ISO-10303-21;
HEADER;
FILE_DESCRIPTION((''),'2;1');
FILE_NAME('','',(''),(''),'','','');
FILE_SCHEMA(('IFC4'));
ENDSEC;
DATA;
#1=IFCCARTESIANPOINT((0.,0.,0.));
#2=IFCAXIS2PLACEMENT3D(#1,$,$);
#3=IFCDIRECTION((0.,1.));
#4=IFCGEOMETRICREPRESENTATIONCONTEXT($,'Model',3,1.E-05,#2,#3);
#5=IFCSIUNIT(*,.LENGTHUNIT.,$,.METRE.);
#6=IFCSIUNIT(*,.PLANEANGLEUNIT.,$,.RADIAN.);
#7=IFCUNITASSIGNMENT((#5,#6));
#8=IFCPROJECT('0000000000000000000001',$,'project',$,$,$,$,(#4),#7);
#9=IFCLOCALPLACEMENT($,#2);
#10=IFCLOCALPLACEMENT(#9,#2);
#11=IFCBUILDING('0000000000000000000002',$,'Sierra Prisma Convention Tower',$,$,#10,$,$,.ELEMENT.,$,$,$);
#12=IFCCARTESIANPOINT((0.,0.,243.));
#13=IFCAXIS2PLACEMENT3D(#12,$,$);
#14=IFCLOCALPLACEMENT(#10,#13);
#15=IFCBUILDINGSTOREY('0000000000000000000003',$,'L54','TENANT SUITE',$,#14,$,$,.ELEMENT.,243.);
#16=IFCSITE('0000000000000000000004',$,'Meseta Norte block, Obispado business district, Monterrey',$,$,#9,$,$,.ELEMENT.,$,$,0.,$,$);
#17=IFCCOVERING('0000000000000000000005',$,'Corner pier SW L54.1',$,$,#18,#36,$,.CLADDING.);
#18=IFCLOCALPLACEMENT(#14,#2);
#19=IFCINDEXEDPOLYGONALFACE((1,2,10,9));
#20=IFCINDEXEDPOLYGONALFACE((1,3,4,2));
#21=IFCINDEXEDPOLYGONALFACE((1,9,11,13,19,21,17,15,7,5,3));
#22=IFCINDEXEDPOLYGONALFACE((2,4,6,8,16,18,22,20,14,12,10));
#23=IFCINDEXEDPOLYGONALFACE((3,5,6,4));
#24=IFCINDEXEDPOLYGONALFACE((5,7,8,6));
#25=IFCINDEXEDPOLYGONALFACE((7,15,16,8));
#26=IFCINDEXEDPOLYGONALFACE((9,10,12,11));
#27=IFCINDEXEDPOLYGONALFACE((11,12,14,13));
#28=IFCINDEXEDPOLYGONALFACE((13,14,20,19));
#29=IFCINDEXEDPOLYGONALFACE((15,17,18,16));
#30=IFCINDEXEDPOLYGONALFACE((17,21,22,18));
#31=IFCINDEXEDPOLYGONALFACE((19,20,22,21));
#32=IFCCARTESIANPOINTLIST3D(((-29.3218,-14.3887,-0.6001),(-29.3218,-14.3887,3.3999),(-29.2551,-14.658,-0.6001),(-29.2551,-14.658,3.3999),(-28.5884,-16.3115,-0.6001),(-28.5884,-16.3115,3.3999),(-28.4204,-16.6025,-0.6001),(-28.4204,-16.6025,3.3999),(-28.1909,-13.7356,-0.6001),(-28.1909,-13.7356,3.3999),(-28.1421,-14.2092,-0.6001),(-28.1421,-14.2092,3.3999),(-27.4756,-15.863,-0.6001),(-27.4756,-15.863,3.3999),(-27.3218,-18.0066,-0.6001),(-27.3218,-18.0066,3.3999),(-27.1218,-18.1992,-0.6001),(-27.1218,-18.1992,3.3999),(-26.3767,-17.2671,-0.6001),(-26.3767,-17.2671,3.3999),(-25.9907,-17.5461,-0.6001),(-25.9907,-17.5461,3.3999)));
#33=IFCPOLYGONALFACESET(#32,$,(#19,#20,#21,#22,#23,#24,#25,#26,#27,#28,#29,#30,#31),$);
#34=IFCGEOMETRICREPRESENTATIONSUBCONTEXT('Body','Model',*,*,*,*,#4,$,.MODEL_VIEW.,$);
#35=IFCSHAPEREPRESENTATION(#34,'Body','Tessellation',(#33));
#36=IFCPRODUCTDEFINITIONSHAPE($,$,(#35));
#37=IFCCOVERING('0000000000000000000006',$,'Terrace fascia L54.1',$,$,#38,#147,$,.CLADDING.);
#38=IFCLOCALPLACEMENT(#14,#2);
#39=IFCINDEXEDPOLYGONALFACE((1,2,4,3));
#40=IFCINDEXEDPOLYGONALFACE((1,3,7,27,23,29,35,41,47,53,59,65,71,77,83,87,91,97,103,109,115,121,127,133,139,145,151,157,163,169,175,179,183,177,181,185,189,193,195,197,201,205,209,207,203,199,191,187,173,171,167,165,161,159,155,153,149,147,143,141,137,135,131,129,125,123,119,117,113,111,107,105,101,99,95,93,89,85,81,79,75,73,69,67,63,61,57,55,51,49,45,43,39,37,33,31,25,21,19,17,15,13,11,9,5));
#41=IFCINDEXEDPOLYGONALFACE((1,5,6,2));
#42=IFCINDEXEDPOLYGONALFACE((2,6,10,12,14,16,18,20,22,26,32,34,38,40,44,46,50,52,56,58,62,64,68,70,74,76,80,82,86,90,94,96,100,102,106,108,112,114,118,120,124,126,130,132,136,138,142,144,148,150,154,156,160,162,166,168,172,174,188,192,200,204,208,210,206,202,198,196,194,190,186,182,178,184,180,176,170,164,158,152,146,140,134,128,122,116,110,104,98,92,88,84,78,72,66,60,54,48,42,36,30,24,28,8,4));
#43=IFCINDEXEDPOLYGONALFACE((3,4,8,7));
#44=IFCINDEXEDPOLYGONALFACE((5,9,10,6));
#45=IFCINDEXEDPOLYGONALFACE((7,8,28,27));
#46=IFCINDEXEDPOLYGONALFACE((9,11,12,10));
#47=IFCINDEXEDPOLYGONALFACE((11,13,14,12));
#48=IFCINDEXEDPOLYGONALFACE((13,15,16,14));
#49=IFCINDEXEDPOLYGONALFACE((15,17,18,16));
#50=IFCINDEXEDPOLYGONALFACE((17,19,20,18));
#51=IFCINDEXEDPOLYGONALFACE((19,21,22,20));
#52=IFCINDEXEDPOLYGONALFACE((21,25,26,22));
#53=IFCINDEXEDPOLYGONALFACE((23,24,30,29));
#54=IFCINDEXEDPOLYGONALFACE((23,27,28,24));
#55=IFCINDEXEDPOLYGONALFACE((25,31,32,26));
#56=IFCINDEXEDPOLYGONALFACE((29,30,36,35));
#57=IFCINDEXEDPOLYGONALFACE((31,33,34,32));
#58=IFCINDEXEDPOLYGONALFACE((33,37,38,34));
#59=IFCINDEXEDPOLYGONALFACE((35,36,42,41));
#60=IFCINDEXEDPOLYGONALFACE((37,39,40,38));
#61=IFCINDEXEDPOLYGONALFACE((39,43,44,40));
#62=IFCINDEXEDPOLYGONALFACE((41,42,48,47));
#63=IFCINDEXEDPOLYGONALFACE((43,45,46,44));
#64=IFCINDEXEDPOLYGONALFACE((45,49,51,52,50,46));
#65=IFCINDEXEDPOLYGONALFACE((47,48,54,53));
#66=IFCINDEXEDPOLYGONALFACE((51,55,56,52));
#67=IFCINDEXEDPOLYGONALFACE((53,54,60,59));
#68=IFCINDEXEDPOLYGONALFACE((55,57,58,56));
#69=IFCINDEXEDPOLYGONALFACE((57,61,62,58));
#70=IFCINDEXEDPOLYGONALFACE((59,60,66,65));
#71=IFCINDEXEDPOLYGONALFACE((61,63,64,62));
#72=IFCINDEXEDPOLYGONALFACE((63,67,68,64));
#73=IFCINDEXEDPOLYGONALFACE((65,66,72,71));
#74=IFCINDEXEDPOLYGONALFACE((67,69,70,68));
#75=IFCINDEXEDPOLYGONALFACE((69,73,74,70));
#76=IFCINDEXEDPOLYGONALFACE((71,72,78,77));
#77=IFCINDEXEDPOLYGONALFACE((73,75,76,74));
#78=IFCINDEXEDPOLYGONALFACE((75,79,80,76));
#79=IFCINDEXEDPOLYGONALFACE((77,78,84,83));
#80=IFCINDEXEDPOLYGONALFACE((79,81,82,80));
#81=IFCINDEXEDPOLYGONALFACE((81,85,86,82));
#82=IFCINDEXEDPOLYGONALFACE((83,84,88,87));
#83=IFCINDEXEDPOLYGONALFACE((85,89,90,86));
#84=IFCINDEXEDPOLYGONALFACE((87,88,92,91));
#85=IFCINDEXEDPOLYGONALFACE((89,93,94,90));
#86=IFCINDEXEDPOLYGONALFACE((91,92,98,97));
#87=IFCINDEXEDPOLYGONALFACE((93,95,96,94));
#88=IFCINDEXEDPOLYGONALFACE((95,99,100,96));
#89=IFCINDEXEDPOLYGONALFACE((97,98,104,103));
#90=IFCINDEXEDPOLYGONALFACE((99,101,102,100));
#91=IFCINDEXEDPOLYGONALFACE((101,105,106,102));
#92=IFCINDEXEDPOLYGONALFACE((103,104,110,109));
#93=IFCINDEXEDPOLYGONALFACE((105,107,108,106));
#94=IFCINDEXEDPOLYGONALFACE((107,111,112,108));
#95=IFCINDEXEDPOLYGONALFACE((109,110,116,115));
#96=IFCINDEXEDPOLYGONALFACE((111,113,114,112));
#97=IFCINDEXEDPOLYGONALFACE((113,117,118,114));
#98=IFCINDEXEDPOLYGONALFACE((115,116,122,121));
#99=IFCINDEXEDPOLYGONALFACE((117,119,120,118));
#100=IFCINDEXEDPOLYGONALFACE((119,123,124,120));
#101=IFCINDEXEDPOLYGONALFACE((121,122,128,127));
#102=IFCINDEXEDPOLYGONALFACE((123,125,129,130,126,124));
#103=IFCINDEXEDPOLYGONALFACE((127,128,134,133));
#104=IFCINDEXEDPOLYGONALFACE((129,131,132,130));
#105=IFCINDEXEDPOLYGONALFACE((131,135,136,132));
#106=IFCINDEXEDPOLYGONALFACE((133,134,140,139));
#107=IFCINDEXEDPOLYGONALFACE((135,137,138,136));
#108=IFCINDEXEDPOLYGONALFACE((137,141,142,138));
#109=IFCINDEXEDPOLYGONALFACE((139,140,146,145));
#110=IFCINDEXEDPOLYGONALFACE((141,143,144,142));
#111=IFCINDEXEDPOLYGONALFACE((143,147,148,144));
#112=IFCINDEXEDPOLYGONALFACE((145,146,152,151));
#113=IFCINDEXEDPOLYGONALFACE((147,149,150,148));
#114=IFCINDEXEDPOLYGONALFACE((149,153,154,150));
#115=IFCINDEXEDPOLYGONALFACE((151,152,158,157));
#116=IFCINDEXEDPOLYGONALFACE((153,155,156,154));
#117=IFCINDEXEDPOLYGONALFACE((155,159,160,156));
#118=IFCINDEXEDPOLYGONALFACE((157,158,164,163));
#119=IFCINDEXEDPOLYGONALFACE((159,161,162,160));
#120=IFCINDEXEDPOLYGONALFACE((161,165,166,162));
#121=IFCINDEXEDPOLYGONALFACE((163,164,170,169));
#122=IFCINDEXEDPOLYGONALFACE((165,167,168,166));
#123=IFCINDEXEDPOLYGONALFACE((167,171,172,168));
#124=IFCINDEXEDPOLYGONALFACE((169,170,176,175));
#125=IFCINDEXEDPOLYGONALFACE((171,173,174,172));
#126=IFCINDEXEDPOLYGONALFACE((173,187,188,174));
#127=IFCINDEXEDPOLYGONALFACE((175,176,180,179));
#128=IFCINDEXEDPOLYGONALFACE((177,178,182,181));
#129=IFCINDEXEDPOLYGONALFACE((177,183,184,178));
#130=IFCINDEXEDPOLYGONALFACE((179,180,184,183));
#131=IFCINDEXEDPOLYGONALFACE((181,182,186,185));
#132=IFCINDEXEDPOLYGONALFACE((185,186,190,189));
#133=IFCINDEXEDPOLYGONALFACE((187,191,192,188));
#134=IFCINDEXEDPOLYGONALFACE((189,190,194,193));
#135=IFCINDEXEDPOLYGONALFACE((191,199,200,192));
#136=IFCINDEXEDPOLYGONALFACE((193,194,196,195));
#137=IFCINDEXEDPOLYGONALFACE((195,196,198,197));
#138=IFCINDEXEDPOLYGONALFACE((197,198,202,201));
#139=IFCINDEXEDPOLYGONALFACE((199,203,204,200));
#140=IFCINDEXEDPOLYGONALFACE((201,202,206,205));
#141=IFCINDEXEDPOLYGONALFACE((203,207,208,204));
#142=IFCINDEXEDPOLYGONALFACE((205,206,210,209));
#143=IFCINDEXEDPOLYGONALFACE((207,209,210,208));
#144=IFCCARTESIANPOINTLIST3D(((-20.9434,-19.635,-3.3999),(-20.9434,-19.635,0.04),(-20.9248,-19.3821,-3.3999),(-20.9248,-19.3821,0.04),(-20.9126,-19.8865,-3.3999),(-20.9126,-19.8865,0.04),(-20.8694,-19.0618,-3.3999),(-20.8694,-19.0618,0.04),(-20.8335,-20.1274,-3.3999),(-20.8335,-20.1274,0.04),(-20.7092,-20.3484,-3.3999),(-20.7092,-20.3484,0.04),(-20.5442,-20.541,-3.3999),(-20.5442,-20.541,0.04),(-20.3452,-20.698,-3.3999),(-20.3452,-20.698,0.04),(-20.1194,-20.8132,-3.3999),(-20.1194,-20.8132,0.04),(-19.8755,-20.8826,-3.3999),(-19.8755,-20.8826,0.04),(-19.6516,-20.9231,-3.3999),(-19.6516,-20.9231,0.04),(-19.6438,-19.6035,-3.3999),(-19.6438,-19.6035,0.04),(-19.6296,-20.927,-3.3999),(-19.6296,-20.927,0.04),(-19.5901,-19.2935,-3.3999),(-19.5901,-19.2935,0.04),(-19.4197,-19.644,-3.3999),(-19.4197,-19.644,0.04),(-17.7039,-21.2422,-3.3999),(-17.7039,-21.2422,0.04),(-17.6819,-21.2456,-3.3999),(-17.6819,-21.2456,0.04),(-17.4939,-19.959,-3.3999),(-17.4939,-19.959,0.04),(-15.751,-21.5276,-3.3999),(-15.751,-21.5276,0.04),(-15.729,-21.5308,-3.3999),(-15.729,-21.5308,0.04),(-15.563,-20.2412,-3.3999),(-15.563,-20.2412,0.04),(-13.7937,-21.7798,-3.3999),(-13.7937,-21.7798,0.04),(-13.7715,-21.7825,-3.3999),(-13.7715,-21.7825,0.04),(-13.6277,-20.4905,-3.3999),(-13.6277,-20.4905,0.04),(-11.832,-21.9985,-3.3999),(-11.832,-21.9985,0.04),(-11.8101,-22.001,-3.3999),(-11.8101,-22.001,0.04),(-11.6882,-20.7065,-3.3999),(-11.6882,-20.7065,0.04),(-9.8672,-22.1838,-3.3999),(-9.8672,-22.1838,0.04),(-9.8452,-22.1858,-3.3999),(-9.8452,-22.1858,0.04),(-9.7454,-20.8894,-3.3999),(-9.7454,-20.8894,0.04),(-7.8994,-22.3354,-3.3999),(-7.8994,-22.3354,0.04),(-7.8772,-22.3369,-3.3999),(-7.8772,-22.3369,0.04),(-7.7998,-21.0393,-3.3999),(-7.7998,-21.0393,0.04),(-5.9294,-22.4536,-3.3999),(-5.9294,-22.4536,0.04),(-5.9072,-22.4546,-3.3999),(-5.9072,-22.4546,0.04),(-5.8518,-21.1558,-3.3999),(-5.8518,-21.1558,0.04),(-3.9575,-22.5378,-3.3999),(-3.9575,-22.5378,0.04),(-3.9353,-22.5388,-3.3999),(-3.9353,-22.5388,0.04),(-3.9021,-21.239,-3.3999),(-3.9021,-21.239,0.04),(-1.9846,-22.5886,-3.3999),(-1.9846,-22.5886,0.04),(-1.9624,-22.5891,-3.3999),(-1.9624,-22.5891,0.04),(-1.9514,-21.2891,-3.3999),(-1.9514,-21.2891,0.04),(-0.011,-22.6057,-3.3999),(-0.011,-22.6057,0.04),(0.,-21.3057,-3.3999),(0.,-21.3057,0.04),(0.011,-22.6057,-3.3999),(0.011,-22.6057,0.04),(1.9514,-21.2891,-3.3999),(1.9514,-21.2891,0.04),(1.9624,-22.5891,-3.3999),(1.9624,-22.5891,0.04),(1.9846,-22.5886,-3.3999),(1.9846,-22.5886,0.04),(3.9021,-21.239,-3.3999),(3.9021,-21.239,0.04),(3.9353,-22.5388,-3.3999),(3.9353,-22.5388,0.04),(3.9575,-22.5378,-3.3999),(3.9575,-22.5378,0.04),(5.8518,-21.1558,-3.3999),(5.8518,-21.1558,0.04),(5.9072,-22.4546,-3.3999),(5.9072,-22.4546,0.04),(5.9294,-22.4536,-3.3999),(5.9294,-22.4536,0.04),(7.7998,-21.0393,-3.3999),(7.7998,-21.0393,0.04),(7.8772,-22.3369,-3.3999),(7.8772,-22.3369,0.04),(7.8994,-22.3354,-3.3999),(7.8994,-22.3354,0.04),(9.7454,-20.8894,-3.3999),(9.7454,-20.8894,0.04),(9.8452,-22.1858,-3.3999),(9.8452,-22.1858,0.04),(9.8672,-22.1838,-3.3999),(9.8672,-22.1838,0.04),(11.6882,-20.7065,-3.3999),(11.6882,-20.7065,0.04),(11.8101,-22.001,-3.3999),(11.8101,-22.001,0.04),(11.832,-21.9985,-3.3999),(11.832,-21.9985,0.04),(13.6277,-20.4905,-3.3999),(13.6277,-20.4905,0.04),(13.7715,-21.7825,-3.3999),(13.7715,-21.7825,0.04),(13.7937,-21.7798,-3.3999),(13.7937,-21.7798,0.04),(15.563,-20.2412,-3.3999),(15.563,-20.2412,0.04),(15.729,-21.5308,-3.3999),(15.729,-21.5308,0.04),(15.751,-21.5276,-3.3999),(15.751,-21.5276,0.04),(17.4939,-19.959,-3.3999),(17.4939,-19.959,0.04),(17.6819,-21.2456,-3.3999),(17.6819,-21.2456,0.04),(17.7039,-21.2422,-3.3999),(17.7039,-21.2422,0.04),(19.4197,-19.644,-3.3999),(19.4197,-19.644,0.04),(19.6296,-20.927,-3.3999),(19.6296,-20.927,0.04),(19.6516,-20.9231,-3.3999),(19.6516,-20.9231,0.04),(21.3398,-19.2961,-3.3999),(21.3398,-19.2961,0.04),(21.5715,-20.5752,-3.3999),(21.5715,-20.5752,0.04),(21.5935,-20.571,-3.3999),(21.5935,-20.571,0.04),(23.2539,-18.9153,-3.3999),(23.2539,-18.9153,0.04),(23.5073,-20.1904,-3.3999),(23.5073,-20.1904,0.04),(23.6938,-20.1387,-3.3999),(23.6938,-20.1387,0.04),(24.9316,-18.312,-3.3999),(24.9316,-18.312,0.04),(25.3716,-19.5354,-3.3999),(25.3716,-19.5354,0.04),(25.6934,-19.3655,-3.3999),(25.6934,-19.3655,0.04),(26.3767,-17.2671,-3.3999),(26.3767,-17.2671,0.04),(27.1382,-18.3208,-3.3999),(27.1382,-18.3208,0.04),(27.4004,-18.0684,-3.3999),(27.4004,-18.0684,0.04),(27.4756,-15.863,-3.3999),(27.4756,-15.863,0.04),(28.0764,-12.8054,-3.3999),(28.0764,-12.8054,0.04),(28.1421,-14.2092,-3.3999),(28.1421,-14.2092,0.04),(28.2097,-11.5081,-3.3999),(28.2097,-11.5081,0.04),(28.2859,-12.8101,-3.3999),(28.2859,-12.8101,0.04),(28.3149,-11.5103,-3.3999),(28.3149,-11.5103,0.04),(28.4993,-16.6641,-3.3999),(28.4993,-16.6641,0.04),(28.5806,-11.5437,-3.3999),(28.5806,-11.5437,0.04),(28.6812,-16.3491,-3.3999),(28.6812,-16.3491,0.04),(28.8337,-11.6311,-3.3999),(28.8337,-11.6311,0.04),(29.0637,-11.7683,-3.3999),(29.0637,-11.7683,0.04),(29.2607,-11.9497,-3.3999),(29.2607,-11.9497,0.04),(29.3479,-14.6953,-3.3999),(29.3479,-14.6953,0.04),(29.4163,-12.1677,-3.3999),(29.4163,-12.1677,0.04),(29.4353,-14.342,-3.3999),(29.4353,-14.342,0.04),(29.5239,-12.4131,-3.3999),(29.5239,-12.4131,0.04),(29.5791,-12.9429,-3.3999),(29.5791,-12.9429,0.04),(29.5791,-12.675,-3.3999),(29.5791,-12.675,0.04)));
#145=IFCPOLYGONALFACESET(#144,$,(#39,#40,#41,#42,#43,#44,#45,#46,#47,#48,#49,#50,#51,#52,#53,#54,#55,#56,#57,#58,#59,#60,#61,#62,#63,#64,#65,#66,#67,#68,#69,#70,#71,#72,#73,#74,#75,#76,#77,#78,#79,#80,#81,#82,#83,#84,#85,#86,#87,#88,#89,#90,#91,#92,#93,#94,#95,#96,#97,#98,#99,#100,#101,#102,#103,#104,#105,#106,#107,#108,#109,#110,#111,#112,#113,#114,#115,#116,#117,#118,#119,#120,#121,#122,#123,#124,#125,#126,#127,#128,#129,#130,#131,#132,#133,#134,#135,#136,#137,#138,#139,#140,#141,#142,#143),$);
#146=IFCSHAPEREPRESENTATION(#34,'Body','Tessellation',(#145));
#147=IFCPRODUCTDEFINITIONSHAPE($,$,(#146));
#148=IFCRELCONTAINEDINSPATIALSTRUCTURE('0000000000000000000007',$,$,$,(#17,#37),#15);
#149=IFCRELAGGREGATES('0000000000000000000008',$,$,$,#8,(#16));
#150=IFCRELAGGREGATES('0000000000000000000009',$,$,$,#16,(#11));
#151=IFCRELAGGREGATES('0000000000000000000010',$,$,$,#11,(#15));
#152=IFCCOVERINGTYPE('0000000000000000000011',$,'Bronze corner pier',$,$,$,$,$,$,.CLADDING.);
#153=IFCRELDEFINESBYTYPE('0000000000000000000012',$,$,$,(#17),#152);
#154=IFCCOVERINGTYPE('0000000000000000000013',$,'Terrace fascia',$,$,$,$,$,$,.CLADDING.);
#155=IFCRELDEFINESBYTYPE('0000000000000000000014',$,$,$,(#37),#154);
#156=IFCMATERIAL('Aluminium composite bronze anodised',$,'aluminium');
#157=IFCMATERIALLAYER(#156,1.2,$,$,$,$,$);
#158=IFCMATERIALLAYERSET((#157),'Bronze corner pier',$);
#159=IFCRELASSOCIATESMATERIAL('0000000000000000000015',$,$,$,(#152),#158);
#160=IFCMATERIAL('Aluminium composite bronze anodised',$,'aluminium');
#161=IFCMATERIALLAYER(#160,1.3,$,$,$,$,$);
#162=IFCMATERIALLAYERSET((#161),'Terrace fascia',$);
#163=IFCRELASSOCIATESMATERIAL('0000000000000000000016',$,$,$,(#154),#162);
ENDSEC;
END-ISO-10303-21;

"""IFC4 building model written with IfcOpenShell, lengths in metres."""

from ifc_helpers import new_model, si_unit, direction, frame, origin, place, context, subcontext, project, spatial, polyline, outline, extrude, material, layer, layer_set, type_object, element, save


model = new_model("IFC4")

# Units and contexts
model_context = context("Model", 3, precision=1e-05, world=origin(), true_north=direction((0.0, 1.0)))
body_context = subcontext(model_context, "Body", "Model", "MODEL_VIEW")
ifc_project = project(units=[si_unit("LENGTHUNIT", "METRE"), si_unit("PLANEANGLEUNIT", "RADIAN")], contexts=[model_context])

# Site, building, storey
site_placement = place(None, origin())
site = spatial("IfcSite", under=ifc_project, at=site_placement, Name="Meseta Norte block, Obispado business district, Monterrey", CompositionType="ELEMENT", RefElevation=0.0)
building_placement = place(site_placement, origin())
building = spatial("IfcBuilding", under=site, at=building_placement, Name="Sierra Prisma Convention Tower", CompositionType="ELEMENT")
storey_placement = place(building_placement, frame((0.0, 0.0, 243.0)))
storey = spatial("IfcBuildingStorey", under=building, at=storey_placement, Name="L54", Description="TENANT SUITE", CompositionType="ELEMENT", Elevation=243.0)

# Coverings
ifc_material_1 = material(Name="Aluminium composite bronze anodised", Category="aluminium")
ifc_layer_1 = layer(ifc_material_1, 1.2)
ifc_layer_set_1 = layer_set([ifc_layer_1], Name="Bronze corner pier")
covering_type_1 = type_object("IfcCoveringType", Name="Bronze corner pier", PredefinedType="CLADDING", material=ifc_layer_set_1)
covering_1_placement = place(storey_placement, frame((0.0, 0.0, -0.6001)))
element("IfcCovering", 1, at=covering_1_placement, inside=storey, type_object=covering_type_1, Name="Corner pier SW L54.1", PredefinedType="CLADDING", context=body_context, shape_type="SweptSolid", body=[
    extrude(outline(polyline([(-28.4204, -16.6025), (-28.5884, -16.3115), (-29.2551, -14.658), (-29.3218, -14.3887), (-28.1909, -13.7356), (-28.1421, -14.2092), (-27.4756, -15.863), (-26.3767, -17.2671), (-25.9907, -17.5461), (-27.1218, -18.1992), (-27.3218, -18.0066), (-28.4204, -16.6025)])), origin(), (0.0, 0.0, 1.0), 4.0),
])
ifc_material_2 = material(Name="Aluminium composite bronze anodised", Category="aluminium")
ifc_layer_2 = layer(ifc_material_2, 1.3)
ifc_layer_set_2 = layer_set([ifc_layer_2], Name="Terrace fascia")
covering_type_2 = type_object("IfcCoveringType", Name="Terrace fascia", PredefinedType="CLADDING", material=ifc_layer_set_2)
covering_2_placement = place(storey_placement, frame((0.0, 0.0, -3.3999)))
element("IfcCovering", 2, at=covering_2_placement, inside=storey, type_object=covering_type_2, Name="Terrace fascia L54.1", PredefinedType="CLADDING", context=body_context, shape_type="SweptSolid", body=[
    extrude(outline(polyline([(28.3149, -11.5103), (28.5806, -11.5437), (28.8337, -11.6311), (29.0637, -11.7683), (29.2607, -11.9497), (29.4163, -12.1677), (29.5239, -12.4131), (29.5791, -12.675), (29.5791, -12.9429), (29.4353, -14.342), (29.3479, -14.6953), (28.6812, -16.3491), (28.4993, -16.6641), (27.4004, -18.0684), (27.1382, -18.3208), (25.6934, -19.3655), (25.3716, -19.5354), (23.6938, -20.1387), (23.5073, -20.1904), (21.5935, -20.571), (21.5715, -20.5752), (19.6516, -20.9231), (19.6296, -20.927), (17.7039, -21.2422), (17.6819, -21.2456), (15.751, -21.5276), (15.729, -21.5308), (13.7937, -21.7798), (13.7715, -21.7825), (11.832, -21.9985), (11.8101, -22.001), (9.8672, -22.1838), (9.8452, -22.1858), (7.8994, -22.3354), (7.8772, -22.3369), (5.9294, -22.4536), (5.9072, -22.4546), (3.9575, -22.5378), (3.9353, -22.5388), (1.9846, -22.5886), (1.9624, -22.5891), (0.011, -22.6057), (-0.011, -22.6057), (-1.9624, -22.5891), (-1.9846, -22.5886), (-3.9353, -22.5388), (-3.9575, -22.5378), (-5.9072, -22.4546), (-5.9294, -22.4536), (-7.8772, -22.3369), (-7.8994, -22.3354), (-9.8452, -22.1858), (-9.8672, -22.1838), (-11.8101, -22.001), (-11.832, -21.9985), (-13.7715, -21.7825), (-13.7937, -21.7798), (-15.729, -21.5308), (-15.751, -21.5276), (-17.6819, -21.2456), (-17.7039, -21.2422), (-19.6296, -20.927), (-19.6516, -20.9231), (-19.8755, -20.8826), (-20.1194, -20.8132), (-20.3452, -20.698), (-20.5442, -20.541), (-20.7092, -20.3484), (-20.8335, -20.1274), (-20.9126, -19.8865), (-20.9434, -19.635), (-20.9248, -19.3821), (-20.8694, -19.0618), (-19.5901, -19.2935), (-19.6438, -19.6035), (-19.4197, -19.644), (-17.4939, -19.959), (-15.563, -20.2412), (-13.6277, -20.4905), (-11.6882, -20.7065), (-9.7454, -20.8894), (-7.7998, -21.0393), (-5.8518, -21.1558), (-3.9021, -21.239), (-1.9514, -21.2891), (0.0, -21.3057), (1.9514, -21.2891), (3.9021, -21.239), (5.8518, -21.1558), (7.7998, -21.0393), (9.7454, -20.8894), (11.6882, -20.7065), (13.6277, -20.4905), (15.563, -20.2412), (17.4939, -19.959), (19.4197, -19.644), (21.3398, -19.2961), (23.2539, -18.9153), (24.9316, -18.312), (26.3767, -17.2671), (27.4756, -15.863), (28.1421, -14.2092), (28.2859, -12.8101), (28.0764, -12.8054), (28.2097, -11.5081), (28.3149, -11.5103)])), origin(), (0.0, 0.0, 1.0), 3.4399),
])

save(model, "model.ifc")
